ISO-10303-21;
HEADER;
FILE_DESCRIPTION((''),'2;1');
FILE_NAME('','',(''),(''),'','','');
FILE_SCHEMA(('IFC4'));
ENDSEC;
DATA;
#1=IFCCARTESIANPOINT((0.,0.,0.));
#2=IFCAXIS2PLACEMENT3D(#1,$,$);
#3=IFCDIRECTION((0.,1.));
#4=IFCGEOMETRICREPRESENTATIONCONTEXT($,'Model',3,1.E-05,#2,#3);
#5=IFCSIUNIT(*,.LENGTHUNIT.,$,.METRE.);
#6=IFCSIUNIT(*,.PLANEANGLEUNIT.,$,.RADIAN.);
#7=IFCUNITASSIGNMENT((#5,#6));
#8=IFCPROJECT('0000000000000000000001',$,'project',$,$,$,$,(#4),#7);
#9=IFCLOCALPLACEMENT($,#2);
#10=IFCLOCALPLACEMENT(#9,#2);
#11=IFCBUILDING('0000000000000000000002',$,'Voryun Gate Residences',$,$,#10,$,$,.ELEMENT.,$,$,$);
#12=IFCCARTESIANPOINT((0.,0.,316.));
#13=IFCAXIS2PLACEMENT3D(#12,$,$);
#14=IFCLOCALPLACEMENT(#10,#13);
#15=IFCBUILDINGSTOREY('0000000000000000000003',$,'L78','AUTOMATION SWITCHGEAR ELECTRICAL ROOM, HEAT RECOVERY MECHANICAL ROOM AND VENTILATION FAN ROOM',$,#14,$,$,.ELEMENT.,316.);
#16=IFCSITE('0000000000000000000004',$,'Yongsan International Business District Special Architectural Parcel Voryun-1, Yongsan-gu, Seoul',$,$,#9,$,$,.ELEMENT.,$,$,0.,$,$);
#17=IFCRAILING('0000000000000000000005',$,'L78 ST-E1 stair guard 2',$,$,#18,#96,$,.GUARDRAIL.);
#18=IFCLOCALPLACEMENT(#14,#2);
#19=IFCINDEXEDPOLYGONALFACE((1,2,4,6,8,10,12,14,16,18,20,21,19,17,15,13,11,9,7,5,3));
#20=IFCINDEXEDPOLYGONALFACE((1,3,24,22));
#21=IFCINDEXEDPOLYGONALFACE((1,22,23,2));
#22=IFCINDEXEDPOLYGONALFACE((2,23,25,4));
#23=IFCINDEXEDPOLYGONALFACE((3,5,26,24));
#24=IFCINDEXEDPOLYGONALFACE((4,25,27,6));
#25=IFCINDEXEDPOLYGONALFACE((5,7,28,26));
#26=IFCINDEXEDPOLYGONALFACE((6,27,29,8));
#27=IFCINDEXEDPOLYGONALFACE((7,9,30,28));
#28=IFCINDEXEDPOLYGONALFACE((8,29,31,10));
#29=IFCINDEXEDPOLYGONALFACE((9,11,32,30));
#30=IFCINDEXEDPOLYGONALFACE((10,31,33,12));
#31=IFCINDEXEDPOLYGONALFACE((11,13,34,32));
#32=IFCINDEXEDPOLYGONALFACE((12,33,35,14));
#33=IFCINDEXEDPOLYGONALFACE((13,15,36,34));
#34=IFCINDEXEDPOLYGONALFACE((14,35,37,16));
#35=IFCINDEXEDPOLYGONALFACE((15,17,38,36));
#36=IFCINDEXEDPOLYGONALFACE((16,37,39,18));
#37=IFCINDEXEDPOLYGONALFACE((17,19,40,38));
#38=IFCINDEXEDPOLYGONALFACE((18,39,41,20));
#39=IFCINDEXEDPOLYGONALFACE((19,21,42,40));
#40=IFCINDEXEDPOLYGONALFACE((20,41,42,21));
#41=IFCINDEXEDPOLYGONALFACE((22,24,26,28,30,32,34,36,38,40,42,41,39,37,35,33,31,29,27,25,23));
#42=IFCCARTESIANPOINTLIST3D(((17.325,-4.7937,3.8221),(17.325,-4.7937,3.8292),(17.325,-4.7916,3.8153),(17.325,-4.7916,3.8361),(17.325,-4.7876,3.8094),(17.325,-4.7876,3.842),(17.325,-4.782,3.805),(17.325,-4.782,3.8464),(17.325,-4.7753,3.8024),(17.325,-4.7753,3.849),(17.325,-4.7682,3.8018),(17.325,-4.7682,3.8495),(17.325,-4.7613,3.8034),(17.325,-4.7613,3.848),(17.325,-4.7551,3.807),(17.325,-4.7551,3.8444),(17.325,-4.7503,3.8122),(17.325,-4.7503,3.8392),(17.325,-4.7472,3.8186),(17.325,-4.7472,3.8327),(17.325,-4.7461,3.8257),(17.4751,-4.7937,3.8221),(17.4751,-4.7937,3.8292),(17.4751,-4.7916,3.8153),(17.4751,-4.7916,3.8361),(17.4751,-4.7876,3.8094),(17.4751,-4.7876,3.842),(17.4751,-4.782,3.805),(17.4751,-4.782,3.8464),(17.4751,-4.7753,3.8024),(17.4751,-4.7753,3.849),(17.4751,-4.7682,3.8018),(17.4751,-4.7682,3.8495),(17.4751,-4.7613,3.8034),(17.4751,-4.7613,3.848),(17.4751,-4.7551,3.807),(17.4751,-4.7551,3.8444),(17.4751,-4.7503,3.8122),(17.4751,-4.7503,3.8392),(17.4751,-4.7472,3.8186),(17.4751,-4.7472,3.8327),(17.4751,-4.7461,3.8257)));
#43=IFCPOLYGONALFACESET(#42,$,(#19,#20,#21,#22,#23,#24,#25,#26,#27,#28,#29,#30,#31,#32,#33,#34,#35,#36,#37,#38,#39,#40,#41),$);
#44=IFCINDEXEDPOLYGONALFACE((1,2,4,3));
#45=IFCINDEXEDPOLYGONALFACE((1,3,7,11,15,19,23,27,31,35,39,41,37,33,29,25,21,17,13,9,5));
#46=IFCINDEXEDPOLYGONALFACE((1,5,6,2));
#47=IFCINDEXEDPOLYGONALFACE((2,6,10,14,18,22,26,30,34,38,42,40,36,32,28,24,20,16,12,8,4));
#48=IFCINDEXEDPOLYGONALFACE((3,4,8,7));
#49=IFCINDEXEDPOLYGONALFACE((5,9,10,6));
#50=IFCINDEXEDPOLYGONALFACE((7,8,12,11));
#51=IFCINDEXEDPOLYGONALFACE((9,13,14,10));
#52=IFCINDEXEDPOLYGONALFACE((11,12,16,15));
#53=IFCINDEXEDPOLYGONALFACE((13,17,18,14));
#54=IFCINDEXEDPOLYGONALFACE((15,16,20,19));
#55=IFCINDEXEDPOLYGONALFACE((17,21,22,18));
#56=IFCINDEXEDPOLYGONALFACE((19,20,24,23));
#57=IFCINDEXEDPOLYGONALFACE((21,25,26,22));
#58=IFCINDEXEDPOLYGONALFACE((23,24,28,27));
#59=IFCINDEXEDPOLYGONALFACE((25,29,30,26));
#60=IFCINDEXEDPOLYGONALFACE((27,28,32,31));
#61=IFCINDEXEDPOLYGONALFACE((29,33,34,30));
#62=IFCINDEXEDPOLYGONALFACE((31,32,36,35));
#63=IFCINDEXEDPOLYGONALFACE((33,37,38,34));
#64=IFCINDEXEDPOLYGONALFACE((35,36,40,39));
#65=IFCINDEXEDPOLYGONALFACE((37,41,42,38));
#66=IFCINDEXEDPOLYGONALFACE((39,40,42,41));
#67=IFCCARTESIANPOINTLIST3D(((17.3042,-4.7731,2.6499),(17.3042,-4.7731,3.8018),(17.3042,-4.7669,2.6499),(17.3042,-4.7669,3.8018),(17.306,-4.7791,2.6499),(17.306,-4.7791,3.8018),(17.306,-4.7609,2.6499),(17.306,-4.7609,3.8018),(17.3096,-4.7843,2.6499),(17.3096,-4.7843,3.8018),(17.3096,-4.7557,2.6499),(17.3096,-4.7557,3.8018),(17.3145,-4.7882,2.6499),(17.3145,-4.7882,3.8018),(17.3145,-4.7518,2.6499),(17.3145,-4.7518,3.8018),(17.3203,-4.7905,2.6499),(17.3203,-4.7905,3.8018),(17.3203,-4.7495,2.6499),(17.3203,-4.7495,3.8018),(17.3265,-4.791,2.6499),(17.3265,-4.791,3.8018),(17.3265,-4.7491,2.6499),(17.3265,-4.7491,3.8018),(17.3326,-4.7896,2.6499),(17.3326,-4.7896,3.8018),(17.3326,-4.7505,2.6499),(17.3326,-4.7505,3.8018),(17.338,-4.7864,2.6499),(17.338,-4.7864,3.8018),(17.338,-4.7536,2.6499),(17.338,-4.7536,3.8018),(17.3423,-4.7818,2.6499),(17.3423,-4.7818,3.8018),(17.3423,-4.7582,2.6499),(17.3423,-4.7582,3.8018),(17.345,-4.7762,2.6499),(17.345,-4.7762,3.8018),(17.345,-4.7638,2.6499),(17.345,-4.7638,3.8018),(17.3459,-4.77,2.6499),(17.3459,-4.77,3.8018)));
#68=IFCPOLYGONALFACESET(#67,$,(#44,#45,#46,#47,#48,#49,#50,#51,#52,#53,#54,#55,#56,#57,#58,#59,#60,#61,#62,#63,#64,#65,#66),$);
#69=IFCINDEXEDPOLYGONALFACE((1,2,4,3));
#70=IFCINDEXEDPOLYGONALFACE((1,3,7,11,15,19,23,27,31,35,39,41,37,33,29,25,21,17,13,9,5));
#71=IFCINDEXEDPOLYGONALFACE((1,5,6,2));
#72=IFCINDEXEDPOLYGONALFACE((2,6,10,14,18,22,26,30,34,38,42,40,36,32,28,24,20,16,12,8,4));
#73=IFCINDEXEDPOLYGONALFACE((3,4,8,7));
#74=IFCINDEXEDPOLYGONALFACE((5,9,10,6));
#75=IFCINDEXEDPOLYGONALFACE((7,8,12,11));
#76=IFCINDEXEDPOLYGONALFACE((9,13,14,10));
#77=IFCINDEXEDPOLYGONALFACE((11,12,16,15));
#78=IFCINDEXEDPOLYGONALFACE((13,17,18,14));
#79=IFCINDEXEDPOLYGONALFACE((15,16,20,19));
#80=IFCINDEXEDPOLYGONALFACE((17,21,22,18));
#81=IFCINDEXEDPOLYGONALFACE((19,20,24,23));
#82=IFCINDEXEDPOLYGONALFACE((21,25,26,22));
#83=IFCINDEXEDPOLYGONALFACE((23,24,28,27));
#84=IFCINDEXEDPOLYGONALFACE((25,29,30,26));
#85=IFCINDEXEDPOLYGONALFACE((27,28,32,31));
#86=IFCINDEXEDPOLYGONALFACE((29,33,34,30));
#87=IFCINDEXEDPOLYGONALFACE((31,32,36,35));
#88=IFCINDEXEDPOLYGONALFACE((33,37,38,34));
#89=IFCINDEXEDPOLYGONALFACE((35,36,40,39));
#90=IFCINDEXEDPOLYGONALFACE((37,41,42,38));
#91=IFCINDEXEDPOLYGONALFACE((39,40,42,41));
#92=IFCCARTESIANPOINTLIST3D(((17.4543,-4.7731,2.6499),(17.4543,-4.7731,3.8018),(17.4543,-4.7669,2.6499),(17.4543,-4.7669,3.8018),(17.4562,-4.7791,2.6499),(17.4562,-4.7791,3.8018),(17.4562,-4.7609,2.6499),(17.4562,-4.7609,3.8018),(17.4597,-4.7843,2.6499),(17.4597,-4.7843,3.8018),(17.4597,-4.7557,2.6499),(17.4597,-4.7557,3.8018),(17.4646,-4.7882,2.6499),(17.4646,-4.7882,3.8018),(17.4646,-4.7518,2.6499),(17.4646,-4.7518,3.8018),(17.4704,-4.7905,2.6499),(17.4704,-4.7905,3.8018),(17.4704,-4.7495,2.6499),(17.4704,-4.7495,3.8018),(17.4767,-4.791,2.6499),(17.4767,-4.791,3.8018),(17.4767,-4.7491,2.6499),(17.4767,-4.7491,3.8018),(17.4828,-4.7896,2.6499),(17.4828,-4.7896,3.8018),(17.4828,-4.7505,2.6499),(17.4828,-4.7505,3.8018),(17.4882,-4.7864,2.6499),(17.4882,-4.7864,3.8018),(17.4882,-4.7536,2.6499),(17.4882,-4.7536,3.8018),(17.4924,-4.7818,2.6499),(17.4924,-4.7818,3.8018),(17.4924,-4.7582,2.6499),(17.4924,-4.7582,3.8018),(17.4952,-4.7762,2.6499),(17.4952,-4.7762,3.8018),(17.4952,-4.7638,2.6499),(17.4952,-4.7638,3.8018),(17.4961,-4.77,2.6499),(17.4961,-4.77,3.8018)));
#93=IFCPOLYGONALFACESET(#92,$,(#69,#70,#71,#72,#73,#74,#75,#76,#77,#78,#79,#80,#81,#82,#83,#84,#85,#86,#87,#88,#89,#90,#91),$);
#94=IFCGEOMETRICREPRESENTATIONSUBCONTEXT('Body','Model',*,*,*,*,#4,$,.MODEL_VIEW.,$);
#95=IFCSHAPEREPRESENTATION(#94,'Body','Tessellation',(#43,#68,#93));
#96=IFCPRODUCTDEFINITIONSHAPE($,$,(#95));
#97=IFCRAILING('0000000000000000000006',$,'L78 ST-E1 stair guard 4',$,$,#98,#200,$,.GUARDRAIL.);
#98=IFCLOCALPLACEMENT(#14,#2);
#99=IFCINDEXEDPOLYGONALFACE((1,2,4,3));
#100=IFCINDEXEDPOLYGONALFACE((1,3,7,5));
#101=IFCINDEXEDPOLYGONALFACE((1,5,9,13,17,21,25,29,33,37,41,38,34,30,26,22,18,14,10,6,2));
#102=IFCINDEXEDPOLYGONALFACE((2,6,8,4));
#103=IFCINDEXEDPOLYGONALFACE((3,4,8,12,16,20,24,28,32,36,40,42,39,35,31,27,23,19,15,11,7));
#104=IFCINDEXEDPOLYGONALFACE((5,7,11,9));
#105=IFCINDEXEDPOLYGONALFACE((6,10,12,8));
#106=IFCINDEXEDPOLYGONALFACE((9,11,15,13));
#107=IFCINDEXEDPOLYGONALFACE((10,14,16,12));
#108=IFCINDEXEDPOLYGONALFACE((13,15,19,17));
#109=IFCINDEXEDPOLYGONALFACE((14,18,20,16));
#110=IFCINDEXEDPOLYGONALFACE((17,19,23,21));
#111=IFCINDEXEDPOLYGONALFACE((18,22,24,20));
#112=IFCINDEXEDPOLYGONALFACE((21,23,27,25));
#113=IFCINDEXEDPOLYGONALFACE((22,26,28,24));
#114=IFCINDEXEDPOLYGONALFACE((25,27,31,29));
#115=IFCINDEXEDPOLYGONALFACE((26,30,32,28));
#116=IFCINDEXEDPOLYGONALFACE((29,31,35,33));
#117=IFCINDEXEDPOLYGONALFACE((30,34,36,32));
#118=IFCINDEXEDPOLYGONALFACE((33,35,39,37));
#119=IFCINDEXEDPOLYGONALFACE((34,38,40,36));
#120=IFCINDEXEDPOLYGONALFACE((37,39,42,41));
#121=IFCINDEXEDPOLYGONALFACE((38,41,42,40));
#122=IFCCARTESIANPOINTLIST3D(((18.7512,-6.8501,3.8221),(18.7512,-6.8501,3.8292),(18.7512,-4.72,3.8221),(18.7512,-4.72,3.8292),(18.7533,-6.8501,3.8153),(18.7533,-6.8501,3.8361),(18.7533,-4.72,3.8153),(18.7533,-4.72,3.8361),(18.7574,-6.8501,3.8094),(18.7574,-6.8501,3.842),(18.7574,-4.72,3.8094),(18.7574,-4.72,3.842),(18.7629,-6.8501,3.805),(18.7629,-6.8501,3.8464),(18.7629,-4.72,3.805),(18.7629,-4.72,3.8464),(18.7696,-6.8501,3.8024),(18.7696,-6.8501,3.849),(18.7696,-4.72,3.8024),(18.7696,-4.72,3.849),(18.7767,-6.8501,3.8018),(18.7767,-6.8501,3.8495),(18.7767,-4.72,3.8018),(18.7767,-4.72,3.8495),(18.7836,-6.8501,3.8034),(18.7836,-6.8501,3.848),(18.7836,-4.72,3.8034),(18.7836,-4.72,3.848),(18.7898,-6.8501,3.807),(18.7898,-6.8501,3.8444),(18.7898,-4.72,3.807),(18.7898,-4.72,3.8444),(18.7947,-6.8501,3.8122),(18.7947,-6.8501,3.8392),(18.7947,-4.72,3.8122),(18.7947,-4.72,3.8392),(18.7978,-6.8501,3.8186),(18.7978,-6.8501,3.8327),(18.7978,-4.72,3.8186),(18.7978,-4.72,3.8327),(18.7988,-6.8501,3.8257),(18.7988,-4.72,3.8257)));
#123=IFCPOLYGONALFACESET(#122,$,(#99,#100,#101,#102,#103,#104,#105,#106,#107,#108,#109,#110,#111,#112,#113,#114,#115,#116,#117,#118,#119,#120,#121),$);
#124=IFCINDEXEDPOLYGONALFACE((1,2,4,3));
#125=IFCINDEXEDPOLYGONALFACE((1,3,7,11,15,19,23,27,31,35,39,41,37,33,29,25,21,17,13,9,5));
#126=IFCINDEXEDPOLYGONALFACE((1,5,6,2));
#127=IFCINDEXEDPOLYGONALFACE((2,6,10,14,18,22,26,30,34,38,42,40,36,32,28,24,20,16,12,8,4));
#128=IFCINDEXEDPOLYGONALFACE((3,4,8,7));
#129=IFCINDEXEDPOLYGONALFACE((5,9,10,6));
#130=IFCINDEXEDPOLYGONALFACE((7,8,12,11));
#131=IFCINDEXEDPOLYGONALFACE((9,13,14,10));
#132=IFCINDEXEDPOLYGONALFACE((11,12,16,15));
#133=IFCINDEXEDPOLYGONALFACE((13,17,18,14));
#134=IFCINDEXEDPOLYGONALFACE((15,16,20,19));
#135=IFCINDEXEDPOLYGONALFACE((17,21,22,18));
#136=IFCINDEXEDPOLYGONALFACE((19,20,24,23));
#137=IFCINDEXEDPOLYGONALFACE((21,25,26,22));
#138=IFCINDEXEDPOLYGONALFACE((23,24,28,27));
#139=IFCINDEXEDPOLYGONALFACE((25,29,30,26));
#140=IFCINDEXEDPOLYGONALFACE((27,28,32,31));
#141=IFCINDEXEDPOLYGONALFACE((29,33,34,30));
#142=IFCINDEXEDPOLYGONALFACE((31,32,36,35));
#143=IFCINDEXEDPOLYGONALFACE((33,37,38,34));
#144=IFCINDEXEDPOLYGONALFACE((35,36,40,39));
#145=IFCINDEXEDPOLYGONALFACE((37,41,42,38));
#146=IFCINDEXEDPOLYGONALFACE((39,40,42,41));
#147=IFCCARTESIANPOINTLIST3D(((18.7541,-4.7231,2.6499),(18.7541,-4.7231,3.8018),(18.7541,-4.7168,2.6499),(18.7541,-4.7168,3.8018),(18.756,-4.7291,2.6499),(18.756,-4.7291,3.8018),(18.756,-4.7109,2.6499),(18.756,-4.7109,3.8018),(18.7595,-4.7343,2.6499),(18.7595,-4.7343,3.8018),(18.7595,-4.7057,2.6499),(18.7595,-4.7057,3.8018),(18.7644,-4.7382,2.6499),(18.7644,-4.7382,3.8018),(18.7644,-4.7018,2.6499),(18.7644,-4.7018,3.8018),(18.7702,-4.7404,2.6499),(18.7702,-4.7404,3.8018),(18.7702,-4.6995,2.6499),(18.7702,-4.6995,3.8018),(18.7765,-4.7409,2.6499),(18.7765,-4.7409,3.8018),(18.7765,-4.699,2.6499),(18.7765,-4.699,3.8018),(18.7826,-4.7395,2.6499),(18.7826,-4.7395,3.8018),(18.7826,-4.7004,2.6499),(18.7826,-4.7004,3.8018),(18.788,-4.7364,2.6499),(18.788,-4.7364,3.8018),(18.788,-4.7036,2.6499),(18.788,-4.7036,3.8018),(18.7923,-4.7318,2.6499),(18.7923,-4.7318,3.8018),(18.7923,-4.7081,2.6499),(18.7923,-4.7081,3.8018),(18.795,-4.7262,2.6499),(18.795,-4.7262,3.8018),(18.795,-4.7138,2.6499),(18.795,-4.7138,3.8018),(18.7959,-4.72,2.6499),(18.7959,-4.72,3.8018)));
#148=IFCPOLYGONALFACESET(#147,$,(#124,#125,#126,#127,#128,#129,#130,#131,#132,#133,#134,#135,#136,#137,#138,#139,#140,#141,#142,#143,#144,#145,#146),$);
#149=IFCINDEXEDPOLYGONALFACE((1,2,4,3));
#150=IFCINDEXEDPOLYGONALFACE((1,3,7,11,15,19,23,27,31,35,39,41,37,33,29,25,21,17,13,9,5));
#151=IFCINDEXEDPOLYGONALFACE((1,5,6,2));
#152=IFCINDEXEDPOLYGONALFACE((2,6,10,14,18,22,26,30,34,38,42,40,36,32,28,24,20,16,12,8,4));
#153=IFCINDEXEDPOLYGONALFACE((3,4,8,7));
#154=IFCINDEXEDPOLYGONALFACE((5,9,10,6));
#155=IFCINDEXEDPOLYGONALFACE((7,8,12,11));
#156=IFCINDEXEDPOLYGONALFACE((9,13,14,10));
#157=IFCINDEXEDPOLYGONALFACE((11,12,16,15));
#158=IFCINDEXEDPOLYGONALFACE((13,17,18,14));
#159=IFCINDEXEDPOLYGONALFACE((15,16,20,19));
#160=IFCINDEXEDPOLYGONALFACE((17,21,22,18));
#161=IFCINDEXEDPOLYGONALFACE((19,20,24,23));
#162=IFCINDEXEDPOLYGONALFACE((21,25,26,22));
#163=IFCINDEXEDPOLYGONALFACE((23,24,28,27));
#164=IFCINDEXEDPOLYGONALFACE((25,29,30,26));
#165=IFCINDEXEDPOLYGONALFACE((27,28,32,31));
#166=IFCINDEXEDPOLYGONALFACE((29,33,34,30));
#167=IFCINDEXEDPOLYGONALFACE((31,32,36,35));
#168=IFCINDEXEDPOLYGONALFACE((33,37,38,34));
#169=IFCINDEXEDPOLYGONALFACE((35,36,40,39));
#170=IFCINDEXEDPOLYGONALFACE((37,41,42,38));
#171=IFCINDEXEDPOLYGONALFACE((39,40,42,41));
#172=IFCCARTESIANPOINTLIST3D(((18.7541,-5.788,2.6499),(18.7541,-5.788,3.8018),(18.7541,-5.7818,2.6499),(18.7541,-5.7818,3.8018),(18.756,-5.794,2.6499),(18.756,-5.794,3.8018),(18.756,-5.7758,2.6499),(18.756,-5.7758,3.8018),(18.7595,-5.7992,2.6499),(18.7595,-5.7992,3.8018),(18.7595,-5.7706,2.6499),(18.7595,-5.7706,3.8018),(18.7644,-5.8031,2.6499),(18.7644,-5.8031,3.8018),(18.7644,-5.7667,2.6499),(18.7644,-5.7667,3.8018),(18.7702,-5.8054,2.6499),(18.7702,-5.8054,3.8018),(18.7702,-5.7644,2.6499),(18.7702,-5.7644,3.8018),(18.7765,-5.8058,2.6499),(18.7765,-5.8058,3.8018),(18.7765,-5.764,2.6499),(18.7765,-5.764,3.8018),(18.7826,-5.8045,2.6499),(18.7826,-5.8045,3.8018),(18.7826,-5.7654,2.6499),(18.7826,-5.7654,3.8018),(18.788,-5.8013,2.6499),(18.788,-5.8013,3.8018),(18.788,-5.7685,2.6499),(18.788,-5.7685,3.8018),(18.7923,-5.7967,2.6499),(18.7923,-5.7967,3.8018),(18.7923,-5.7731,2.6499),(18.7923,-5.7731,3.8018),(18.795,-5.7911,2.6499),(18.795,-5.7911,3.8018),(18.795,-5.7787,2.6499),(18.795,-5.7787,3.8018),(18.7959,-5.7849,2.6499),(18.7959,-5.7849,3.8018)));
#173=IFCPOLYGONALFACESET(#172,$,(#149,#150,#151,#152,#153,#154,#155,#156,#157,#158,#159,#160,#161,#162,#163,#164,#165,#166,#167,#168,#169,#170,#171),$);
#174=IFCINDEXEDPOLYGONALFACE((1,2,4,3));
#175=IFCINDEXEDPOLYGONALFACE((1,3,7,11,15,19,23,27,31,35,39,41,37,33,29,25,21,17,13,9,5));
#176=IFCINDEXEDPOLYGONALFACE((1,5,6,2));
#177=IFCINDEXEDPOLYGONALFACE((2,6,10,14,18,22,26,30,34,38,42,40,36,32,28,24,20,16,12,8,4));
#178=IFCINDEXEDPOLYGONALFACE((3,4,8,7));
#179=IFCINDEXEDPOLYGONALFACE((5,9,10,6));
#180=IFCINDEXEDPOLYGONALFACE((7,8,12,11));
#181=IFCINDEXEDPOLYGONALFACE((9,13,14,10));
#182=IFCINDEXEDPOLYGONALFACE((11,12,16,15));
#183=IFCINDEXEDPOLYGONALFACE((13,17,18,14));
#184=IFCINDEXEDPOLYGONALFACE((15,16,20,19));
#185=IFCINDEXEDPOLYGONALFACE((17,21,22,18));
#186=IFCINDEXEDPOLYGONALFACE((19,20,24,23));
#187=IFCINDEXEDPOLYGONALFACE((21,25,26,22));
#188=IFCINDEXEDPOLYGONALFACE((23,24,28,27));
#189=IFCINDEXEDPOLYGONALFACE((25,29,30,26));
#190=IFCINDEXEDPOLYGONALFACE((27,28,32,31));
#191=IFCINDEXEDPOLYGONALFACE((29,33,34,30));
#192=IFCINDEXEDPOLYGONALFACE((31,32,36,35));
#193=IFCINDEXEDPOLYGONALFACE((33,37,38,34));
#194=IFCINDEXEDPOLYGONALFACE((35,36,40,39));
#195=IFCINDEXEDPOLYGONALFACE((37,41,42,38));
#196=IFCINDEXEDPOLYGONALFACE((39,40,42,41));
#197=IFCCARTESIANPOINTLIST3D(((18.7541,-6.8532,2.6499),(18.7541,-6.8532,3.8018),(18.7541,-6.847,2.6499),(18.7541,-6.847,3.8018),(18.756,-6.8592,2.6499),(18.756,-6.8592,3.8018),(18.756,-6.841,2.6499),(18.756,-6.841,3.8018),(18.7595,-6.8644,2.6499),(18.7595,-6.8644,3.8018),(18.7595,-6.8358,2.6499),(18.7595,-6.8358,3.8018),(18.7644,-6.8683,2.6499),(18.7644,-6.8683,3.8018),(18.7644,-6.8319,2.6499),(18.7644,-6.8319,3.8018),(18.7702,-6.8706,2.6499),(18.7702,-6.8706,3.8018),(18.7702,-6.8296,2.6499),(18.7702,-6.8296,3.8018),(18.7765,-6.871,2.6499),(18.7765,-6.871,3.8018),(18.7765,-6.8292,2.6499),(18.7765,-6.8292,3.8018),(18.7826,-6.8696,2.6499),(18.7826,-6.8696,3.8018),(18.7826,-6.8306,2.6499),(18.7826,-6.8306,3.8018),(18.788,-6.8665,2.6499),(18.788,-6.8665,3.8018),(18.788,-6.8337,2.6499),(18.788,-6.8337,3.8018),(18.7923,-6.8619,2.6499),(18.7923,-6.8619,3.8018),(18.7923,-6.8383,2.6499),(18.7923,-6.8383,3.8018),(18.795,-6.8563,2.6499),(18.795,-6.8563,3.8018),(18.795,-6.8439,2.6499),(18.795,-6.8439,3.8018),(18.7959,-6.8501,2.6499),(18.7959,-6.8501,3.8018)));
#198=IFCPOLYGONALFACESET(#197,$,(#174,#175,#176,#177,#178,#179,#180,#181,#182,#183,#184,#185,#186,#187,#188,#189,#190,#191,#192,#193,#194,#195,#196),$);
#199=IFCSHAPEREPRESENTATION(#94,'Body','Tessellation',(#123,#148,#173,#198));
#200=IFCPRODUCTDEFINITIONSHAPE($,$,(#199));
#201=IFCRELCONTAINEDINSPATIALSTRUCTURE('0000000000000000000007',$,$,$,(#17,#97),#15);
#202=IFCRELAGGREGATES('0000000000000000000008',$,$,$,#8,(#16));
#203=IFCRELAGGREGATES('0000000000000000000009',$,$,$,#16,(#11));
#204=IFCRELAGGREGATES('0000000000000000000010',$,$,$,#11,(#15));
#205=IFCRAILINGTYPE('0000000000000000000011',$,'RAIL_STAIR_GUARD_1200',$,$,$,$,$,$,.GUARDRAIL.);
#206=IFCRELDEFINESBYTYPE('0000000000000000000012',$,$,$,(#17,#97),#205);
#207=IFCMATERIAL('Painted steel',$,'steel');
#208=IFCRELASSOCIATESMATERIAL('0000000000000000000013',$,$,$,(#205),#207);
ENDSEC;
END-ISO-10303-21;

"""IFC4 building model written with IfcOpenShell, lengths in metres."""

from ifc_helpers import new_model, si_unit, direction, frame, origin, origin_2d, place, context, subcontext, project, spatial, circle, extrude, material, type_object, element, save


model = new_model("IFC4")

# Units and contexts
model_context = context("Model", 3, precision=1e-05, world=origin(), true_north=direction((0.0, 1.0)))
body_context = subcontext(model_context, "Body", "Model", "MODEL_VIEW")
ifc_project = project(units=[si_unit("LENGTHUNIT", "METRE"), si_unit("PLANEANGLEUNIT", "RADIAN")], contexts=[model_context])

# Site, building, storey
site_placement = place(None, origin())
site = spatial("IfcSite", under=ifc_project, at=site_placement, Name="Yongsan International Business District Special Architectural Parcel Voryun-1, Yongsan-gu, Seoul", CompositionType="ELEMENT", RefElevation=0.0)
building_placement = place(site_placement, origin())
building = spatial("IfcBuilding", under=site, at=building_placement, Name="Voryun Gate Residences", CompositionType="ELEMENT")
storey_placement = place(building_placement, frame((0.0, 0.0, 316.0)))
storey = spatial("IfcBuildingStorey", under=building, at=storey_placement, Name="L78", Description="AUTOMATION SWITCHGEAR ELECTRICAL ROOM, HEAT RECOVERY MECHANICAL ROOM AND VENTILATION FAN ROOM", CompositionType="ELEMENT", Elevation=316.0)

# Railings
ifc_material_1 = material(Name="Painted steel", Category="steel")
railing_type_1 = type_object("IfcRailingType", Name="RAIL_STAIR_GUARD_1200", PredefinedType="GUARDRAIL", material=ifc_material_1)
railing_1_placement = place(storey_placement, frame((17.325, -4.77, 2.6499)))
element("IfcRailing", 1, at=railing_1_placement, inside=storey, type_object=railing_type_1, Name="L78 ST-E1 stair guard 2", PredefinedType="GUARDRAIL", context=body_context, shape_type="SweptSolid", body=[
    extrude(circle(Radius=0.0239, at=origin_2d()), frame((0.0, 0.0, 1.1758), z_axis=(1.0, 0.0, 0.0), x_axis=(0.0, 1.0, 0.0)), (0.0, 0.0, 1.0), 0.1501),
    extrude(circle(Radius=0.021, at=origin_2d()), origin(), (0.0, 0.0, 1.0), 1.1519),
    extrude(circle(Radius=0.021, at=origin_2d()), frame((0.1501, 0.0, 0.0)), (0.0, 0.0, 1.0), 1.1519),
])
railing_2_placement = place(storey_placement, frame((18.7749, -4.72, 2.6499)))
element("IfcRailing", 2, at=railing_2_placement, inside=storey, type_object=railing_type_1, Name="L78 ST-E1 stair guard 4", PredefinedType="GUARDRAIL", context=body_context, shape_type="SweptSolid", body=[
    extrude(circle(Radius=0.0239, at=origin_2d()), frame((0.0, 0.0, 1.1758), z_axis=(0.0, -1.0, 0.0), x_axis=(1.0, 0.0, 0.0)), (0.0, 0.0, 1.0), 2.1301),
    extrude(circle(Radius=0.021, at=origin_2d()), origin(), (0.0, 0.0, 1.0), 1.1519),
    extrude(circle(Radius=0.021, at=origin_2d()), frame((0.0, -1.0649, 0.0)), (0.0, 0.0, 1.0), 1.1519),
    extrude(circle(Radius=0.021, at=origin_2d()), frame((0.0, -2.1301, 0.0)), (0.0, 0.0, 1.0), 1.1519),
])

save(model, "model.ifc")
